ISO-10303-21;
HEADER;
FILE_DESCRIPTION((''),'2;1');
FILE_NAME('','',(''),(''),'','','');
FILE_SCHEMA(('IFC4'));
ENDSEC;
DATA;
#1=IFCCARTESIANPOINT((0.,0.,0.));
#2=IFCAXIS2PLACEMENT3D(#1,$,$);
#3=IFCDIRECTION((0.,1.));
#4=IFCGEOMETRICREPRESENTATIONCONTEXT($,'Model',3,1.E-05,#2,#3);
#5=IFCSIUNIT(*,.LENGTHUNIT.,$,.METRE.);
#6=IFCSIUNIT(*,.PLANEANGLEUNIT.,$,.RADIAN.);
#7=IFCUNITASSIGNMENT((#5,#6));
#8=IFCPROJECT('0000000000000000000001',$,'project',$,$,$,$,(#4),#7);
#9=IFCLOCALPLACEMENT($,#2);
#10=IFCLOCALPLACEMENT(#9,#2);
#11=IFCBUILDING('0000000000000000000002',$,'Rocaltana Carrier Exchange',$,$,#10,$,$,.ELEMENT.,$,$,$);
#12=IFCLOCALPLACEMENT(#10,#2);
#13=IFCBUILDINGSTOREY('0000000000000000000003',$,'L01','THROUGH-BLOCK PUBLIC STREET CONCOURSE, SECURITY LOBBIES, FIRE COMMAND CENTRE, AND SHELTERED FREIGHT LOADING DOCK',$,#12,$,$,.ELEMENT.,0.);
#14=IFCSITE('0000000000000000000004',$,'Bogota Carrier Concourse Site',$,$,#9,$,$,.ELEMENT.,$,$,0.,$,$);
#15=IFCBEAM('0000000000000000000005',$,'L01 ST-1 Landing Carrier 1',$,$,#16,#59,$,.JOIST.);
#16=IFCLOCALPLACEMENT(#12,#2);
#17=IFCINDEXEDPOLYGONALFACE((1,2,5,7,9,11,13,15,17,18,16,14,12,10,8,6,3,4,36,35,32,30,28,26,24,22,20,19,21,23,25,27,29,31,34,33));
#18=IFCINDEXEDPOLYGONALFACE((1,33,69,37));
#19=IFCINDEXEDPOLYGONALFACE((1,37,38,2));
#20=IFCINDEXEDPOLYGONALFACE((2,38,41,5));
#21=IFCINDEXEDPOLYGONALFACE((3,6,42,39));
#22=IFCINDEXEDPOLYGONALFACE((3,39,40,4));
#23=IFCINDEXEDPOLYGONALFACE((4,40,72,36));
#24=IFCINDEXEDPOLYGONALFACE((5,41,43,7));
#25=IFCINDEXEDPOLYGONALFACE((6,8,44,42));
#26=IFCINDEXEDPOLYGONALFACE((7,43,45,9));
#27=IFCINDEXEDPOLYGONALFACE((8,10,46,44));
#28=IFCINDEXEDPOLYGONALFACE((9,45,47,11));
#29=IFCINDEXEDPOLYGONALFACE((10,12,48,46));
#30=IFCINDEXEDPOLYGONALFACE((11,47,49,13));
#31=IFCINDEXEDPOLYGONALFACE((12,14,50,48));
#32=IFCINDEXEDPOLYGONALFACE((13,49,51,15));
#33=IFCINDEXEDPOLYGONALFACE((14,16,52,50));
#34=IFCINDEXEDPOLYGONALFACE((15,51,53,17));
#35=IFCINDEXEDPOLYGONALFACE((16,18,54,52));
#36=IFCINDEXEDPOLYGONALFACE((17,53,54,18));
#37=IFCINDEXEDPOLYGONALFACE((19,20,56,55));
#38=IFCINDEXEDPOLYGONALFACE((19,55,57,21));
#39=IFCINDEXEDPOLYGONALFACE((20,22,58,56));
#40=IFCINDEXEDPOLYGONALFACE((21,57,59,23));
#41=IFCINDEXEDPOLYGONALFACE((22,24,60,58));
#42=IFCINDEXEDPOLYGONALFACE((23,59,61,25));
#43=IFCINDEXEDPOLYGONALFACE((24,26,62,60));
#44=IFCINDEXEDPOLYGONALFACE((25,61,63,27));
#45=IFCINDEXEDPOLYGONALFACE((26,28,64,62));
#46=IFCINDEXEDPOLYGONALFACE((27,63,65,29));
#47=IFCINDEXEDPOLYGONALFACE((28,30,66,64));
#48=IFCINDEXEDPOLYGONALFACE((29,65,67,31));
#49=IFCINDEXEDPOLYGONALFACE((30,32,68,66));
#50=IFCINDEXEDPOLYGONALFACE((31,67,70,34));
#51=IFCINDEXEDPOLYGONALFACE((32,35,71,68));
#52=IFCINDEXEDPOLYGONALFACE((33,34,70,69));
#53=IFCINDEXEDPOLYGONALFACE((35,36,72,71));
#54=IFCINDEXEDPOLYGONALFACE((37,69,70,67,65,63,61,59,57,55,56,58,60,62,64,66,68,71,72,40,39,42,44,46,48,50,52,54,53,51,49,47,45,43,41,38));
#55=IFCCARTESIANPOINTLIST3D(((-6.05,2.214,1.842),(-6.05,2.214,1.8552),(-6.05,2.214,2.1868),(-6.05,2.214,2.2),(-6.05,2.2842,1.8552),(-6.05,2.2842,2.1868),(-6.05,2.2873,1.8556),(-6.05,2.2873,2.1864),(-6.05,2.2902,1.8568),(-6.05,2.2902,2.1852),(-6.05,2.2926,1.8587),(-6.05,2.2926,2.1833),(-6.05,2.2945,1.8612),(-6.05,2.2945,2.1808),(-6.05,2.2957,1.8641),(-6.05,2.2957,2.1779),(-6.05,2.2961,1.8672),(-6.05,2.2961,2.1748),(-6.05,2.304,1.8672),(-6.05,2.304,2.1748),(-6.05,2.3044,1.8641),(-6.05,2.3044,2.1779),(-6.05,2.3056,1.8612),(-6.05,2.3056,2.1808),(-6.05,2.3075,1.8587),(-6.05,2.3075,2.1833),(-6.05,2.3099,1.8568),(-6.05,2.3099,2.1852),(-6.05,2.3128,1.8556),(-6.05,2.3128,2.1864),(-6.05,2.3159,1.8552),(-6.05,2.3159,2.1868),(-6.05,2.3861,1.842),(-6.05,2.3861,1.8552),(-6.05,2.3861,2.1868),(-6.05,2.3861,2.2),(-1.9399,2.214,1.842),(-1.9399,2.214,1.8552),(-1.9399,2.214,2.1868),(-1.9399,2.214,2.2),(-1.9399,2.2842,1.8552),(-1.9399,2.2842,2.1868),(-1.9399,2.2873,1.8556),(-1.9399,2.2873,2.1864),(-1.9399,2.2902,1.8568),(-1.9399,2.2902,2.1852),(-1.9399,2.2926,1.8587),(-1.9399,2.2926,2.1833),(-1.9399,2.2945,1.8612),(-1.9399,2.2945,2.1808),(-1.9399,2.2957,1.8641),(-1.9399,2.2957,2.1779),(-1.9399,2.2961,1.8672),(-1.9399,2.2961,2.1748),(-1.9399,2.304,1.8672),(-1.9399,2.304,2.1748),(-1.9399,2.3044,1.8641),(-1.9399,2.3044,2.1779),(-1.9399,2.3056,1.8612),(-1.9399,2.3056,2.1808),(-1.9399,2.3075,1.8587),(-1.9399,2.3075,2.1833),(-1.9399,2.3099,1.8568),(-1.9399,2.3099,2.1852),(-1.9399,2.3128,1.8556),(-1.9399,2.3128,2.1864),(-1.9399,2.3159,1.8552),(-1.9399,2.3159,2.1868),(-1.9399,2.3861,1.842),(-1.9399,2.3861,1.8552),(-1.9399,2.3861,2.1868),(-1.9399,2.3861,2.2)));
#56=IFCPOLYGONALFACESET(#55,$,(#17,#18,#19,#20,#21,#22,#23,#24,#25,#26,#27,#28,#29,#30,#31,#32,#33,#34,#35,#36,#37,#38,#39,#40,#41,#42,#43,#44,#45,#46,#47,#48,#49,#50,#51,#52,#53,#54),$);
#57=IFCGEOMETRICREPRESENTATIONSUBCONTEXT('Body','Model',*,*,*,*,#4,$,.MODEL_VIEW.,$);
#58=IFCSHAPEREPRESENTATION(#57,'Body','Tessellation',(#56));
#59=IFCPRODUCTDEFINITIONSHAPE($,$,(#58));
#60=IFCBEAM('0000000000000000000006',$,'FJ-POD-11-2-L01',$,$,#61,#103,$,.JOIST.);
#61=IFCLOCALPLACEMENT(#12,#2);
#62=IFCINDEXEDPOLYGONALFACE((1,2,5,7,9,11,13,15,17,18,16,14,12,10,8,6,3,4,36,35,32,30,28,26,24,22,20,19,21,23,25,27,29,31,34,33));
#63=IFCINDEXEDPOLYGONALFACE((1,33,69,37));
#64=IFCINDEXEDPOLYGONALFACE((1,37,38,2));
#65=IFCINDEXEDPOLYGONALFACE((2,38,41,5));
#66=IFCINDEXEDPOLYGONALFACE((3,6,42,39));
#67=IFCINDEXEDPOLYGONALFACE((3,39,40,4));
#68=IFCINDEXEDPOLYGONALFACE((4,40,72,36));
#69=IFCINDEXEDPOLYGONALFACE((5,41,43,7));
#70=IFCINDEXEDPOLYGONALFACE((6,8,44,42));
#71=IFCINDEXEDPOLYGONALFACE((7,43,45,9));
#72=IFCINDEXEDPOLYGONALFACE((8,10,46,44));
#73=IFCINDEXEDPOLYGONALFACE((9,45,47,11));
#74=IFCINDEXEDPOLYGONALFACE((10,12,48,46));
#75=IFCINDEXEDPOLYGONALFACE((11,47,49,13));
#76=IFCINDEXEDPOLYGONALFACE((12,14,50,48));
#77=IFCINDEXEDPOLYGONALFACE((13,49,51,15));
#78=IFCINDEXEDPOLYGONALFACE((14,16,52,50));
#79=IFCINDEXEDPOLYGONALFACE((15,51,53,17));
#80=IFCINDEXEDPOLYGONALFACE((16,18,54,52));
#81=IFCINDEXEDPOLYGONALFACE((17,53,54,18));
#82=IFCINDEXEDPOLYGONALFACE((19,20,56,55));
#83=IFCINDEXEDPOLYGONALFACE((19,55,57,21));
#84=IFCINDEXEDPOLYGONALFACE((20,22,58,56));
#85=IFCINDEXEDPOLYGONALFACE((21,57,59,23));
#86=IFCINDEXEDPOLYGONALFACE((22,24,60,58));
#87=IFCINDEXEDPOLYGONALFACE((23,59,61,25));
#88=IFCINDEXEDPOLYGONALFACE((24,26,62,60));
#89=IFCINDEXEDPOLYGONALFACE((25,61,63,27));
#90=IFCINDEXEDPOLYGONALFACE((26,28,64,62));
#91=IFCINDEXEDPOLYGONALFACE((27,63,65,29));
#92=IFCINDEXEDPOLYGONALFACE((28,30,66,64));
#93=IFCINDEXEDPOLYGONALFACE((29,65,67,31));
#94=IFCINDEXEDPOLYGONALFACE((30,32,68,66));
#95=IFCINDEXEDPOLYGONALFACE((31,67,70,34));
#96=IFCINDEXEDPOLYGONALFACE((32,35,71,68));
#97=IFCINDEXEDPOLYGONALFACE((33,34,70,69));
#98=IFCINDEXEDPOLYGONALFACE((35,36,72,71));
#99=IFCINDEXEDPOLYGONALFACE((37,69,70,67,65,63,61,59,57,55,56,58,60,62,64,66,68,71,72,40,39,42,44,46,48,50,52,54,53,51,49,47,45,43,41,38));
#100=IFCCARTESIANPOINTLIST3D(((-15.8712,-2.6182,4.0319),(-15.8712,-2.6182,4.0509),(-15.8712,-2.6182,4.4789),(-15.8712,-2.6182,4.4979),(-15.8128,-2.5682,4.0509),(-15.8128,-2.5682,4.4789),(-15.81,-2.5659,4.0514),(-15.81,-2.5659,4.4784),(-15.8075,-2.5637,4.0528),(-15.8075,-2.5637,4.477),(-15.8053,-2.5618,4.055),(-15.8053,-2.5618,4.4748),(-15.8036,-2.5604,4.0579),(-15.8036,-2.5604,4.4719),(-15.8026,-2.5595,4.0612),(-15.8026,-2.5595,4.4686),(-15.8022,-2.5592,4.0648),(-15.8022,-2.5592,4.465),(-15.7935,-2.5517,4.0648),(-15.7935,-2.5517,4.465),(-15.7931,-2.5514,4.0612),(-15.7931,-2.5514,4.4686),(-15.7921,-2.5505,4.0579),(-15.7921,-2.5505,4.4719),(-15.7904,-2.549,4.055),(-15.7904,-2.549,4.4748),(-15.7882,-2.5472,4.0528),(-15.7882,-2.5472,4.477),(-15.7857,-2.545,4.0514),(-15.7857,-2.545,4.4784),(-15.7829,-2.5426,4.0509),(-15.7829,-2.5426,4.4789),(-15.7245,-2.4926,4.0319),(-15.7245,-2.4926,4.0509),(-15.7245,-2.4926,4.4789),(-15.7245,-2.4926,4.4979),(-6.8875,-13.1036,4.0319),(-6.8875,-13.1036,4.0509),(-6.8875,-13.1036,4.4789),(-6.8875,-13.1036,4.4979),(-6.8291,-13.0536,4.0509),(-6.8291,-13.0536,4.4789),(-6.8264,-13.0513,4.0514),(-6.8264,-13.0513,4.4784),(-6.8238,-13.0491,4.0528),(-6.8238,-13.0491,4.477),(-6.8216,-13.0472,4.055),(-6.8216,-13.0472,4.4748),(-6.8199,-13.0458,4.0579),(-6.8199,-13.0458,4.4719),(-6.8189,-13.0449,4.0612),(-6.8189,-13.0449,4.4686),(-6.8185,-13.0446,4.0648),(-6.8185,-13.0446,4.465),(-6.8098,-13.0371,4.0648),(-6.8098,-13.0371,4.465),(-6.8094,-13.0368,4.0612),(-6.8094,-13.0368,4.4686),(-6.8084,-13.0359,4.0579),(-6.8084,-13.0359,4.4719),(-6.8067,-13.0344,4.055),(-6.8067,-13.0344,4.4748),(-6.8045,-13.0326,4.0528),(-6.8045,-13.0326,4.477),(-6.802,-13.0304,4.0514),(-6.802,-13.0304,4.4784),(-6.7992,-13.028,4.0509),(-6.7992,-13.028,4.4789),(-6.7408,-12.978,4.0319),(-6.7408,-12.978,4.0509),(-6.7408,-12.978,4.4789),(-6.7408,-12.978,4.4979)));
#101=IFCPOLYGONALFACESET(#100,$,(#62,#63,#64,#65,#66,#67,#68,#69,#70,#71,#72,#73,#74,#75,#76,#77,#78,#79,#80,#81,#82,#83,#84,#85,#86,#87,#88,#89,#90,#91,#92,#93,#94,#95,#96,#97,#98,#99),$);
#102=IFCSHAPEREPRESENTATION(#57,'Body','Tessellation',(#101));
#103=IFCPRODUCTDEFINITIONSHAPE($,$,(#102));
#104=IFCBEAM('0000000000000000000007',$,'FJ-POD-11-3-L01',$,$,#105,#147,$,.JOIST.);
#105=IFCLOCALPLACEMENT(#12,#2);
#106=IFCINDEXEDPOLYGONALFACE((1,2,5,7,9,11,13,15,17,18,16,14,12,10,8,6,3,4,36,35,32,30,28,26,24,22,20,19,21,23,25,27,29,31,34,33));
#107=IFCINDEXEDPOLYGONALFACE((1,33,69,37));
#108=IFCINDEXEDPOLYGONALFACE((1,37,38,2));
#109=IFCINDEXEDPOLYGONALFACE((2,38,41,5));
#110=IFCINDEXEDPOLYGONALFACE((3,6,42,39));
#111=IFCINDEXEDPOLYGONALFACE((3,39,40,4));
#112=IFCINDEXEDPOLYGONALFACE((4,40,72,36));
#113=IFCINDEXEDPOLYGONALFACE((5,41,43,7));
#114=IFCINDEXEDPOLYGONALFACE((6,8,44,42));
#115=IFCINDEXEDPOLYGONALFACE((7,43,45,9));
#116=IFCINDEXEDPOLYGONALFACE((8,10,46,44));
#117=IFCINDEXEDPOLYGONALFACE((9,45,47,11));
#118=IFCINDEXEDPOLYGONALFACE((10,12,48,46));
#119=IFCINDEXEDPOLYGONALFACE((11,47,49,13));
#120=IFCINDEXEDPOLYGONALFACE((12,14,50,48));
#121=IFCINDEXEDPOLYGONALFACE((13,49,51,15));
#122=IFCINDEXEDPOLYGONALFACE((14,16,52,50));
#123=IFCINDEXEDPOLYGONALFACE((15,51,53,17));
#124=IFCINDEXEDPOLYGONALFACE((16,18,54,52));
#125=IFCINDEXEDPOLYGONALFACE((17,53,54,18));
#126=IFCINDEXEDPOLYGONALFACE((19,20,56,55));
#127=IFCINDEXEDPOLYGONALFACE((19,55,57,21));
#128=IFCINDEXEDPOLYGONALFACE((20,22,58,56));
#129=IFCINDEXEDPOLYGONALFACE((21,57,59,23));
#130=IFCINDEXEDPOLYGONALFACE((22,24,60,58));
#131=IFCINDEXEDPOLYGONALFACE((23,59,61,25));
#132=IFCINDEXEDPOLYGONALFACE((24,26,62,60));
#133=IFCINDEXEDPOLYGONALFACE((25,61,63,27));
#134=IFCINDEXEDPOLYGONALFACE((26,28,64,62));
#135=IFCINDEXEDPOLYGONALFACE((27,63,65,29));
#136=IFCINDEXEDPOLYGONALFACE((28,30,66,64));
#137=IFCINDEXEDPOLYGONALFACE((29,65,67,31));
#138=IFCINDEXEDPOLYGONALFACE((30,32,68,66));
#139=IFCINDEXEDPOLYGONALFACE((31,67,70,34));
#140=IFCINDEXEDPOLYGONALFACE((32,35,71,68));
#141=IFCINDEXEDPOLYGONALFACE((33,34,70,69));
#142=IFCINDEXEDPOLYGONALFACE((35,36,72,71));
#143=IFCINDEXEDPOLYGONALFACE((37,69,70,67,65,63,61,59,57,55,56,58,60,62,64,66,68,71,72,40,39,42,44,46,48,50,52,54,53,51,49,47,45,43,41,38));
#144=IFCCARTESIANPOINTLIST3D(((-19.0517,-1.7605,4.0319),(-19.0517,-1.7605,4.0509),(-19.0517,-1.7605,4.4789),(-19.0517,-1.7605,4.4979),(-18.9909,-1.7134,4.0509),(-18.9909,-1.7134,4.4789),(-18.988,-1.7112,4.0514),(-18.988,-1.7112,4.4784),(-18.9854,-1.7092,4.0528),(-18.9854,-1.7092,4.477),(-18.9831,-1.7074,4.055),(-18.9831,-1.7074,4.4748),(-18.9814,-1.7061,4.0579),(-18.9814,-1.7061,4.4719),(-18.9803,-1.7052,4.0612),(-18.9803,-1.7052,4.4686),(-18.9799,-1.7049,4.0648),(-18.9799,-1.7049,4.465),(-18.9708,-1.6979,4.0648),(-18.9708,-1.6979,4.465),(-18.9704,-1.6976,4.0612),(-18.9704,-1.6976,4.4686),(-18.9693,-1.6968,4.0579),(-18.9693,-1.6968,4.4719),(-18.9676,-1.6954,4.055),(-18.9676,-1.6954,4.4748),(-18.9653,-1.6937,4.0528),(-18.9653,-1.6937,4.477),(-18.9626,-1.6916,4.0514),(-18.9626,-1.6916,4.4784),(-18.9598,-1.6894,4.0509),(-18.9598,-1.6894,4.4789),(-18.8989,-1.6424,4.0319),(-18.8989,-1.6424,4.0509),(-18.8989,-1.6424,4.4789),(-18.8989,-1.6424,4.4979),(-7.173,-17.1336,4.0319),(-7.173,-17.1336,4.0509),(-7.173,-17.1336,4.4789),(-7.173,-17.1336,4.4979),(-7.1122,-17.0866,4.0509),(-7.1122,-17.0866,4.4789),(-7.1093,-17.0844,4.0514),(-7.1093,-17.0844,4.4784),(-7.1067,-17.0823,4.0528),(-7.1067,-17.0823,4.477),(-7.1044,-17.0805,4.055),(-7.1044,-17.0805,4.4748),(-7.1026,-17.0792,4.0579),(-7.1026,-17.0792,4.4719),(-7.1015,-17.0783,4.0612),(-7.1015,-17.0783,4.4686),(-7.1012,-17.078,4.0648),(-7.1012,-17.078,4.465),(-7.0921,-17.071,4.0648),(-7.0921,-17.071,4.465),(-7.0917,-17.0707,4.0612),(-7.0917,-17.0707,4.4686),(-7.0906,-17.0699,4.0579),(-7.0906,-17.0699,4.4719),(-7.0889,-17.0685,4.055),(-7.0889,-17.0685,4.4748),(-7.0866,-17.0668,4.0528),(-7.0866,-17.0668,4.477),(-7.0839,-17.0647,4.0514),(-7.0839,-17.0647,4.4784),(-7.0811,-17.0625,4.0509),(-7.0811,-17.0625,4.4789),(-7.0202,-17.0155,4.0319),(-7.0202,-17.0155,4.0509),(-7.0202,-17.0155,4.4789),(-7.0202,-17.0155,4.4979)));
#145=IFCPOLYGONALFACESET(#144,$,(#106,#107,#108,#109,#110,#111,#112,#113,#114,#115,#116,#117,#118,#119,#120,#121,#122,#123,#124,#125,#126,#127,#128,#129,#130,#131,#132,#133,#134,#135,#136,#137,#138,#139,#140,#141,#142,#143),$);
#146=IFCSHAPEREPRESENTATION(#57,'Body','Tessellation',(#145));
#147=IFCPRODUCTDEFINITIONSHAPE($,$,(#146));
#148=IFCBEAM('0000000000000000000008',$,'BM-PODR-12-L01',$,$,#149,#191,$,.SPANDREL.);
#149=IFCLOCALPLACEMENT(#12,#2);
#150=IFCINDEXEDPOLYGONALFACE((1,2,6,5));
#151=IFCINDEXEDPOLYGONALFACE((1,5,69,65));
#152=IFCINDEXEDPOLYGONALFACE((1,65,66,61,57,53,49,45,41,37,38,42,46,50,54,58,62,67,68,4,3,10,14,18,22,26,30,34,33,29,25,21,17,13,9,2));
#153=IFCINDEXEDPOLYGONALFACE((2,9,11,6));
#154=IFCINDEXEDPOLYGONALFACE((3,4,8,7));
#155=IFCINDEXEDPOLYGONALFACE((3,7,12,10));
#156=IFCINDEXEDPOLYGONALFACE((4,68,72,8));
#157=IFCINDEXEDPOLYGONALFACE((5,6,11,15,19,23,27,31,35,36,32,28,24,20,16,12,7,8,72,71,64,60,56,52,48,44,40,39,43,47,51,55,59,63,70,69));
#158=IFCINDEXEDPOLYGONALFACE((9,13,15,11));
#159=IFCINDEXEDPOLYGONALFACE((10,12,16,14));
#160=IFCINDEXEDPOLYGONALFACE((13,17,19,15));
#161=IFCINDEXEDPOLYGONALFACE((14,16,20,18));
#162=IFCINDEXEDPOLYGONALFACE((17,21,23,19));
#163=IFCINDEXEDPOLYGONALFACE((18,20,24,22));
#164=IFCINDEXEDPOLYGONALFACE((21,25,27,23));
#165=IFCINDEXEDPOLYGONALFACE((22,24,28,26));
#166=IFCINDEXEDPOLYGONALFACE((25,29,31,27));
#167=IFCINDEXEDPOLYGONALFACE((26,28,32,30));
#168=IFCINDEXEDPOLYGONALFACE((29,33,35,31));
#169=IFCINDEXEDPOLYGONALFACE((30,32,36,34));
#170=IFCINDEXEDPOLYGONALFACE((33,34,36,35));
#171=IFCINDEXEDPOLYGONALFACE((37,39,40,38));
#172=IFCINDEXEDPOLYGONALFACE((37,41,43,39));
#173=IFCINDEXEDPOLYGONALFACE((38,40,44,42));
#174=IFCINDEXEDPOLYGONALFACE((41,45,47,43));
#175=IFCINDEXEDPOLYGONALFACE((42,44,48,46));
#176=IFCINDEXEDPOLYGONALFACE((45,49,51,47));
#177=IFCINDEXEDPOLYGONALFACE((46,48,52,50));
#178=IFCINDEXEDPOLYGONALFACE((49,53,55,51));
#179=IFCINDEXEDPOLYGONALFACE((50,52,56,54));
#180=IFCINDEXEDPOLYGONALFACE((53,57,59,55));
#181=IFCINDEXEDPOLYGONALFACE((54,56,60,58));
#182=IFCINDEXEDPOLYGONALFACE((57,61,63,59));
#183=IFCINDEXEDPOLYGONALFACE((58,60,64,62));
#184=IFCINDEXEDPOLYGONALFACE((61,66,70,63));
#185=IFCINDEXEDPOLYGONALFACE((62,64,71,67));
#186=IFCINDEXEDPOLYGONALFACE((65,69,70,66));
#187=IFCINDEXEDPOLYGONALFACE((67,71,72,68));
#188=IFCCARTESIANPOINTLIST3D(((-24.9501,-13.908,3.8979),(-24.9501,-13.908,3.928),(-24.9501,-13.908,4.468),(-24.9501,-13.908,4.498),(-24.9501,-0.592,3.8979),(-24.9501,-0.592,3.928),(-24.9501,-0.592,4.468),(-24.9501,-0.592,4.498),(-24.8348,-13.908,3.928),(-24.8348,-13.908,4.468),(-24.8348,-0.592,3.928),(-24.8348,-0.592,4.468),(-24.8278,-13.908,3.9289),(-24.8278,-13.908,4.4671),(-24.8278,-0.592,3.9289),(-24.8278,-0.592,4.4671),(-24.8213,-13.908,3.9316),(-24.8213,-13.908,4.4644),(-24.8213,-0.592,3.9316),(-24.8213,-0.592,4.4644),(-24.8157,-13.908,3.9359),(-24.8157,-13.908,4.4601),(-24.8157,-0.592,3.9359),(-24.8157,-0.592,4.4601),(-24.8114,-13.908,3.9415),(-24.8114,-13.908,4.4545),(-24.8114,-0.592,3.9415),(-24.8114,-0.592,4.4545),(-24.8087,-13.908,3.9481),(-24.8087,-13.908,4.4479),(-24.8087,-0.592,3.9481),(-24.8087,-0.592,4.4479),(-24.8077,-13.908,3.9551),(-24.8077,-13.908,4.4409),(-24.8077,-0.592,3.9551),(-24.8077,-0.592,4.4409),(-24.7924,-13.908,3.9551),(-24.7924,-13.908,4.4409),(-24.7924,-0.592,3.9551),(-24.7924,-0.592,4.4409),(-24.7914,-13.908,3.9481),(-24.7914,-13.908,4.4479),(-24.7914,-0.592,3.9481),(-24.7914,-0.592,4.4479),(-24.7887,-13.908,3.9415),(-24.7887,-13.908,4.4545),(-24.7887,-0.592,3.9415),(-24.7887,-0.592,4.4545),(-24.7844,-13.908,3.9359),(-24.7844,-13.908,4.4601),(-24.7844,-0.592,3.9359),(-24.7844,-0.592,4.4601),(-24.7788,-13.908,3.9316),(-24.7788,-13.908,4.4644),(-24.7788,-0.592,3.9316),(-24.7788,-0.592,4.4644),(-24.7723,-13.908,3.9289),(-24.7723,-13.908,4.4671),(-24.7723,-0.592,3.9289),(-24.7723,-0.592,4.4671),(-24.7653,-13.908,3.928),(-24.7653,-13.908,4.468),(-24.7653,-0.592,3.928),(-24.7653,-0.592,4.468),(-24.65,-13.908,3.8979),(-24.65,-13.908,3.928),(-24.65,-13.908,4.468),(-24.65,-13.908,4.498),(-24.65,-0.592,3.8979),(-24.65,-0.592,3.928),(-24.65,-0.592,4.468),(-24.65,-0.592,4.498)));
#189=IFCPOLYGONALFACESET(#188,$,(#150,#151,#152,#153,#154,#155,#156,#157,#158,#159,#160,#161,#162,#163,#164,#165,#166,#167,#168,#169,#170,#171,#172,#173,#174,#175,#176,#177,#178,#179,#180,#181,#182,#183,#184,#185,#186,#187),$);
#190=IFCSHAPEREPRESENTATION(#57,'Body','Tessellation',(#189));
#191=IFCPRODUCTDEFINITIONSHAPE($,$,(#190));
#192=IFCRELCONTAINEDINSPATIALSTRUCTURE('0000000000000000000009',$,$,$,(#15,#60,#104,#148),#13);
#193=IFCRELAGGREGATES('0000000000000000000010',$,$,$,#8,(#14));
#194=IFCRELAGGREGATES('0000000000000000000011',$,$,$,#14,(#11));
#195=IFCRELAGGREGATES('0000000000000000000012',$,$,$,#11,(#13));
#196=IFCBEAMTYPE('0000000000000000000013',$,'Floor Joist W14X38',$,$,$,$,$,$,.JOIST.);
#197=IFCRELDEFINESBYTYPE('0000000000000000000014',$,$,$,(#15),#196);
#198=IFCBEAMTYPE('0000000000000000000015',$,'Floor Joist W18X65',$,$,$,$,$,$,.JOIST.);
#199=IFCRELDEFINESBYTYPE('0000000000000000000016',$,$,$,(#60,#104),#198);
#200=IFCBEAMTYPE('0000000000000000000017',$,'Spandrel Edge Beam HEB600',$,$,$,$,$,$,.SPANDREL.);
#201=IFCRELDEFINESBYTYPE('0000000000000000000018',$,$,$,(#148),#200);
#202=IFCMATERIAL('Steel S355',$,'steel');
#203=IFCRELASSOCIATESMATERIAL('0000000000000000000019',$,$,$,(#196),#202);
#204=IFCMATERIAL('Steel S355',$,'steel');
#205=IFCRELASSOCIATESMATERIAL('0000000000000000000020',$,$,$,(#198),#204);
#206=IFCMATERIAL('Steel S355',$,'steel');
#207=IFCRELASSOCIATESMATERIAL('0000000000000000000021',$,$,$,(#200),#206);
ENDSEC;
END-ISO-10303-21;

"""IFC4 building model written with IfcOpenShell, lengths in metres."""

from ifc_helpers import new_model, si_unit, direction, frame, origin, origin_2d, place, context, subcontext, project, spatial, i_section, extrude, material, material_profile, profile_set, type_object, element, save


model = new_model("IFC4")

# Units and contexts
model_context = context("Model", 3, precision=1e-05, world=origin(), true_north=direction((0.0, 1.0)))
body_context = subcontext(model_context, "Body", "Model", "MODEL_VIEW")
ifc_project = project(units=[si_unit("LENGTHUNIT", "METRE"), si_unit("PLANEANGLEUNIT", "RADIAN")], contexts=[model_context])

# Site, building, storey
site_placement = place(None, origin())
site = spatial("IfcSite", under=ifc_project, at=site_placement, Name="Bogota Carrier Concourse Site", CompositionType="ELEMENT", RefElevation=0.0)
building_placement = place(site_placement, origin())
building = spatial("IfcBuilding", under=site, at=building_placement, Name="Rocaltana Carrier Exchange", CompositionType="ELEMENT")
storey_placement = place(building_placement, origin())
storey = spatial("IfcBuildingStorey", under=building, at=storey_placement, Name="L01", Description="THROUGH-BLOCK PUBLIC STREET CONCOURSE, SECURITY LOBBIES, FIRE COMMAND CENTRE, AND SHELTERED FREIGHT LOADING DOCK", CompositionType="ELEMENT", Elevation=0.0)

# Beams
ifc_material_1 = material(Name="Steel S355", Category="steel")
ifc_material_profile_1 = material_profile(ifc_material_1, i_section(OverallWidth=0.1721, OverallDepth=0.3579, WebThickness=0.0078, FlangeThickness=0.0132, FilletRadius=0.012, at=origin_2d()), Name="W14X38")
ifc_profile_set_1 = profile_set([ifc_material_profile_1], Name="Steel S355")
beam_type_1 = type_object("IfcBeamType", Name="Floor Joist W14X38", PredefinedType="JOIST", material=ifc_profile_set_1)
beam_1_placement = place(storey_placement, frame((-6.05, 2.3, 2.021), z_axis=(1.0, 0.0, 0.0), x_axis=(0.0, 1.0, 0.0)))
element("IfcBeam", 1, at=beam_1_placement, inside=storey, type_object=beam_type_1, Name="L01 ST-1 Landing Carrier 1", PredefinedType="JOIST", context=body_context, shape_type="SweptSolid", body=[
    extrude(i_section(OverallWidth=0.1721, OverallDepth=0.3579, WebThickness=0.0078, FlangeThickness=0.0132, FilletRadius=0.012, at=origin_2d()), origin(), (0.0, 0.0, 1.0), 4.1101),
])
ifc_material_2 = material(Name="Steel S355", Category="steel")
ifc_material_profile_2 = material_profile(ifc_material_2, i_section(OverallWidth=0.1931, OverallDepth=0.4661, WebThickness=0.0115, FlangeThickness=0.019, FilletRadius=0.0139, at=origin_2d()), Name="W18X65")
ifc_profile_set_2 = profile_set([ifc_material_profile_2], Name="Steel S355")
beam_type_2 = type_object("IfcBeamType", Name="Floor Joist W18X65", PredefinedType="JOIST", material=ifc_profile_set_2)
beam_2_placement = place(storey_placement, frame((-15.7979, -2.5554, 4.2649), z_axis=(0.650633, -0.759393, 0.0), x_axis=(0.759393, 0.650633, 0.0)))
element("IfcBeam", 2, at=beam_2_placement, inside=storey, type_object=beam_type_2, Name="FJ-POD-11-2-L01", PredefinedType="JOIST", context=body_context, shape_type="SweptSolid", body=[
    extrude(i_section(OverallWidth=0.1931, OverallDepth=0.4661, WebThickness=0.0115, FlangeThickness=0.019, FilletRadius=0.0139, at=origin_2d()), origin(), (0.0, 0.0, 1.0), 13.8076),
])
beam_3_placement = place(storey_placement, frame((-18.9753, -1.7014, 4.2649), z_axis=(0.611431, -0.791298, 0.0), x_axis=(0.791298, 0.611431, 0.0)))
element("IfcBeam", 3, at=beam_3_placement, inside=storey, type_object=beam_type_2, Name="FJ-POD-11-3-L01", PredefinedType="JOIST", context=body_context, shape_type="SweptSolid", body=[
    extrude(i_section(OverallWidth=0.1931, OverallDepth=0.4661, WebThickness=0.0115, FlangeThickness=0.019, FilletRadius=0.0139, at=origin_2d()), origin(), (0.0, 0.0, 1.0), 19.4277),
])
ifc_material_3 = material(Name="Steel S355", Category="steel")
ifc_material_profile_3 = material_profile(ifc_material_3, i_section(OverallWidth=0.3, OverallDepth=0.6001, WebThickness=0.0154, FlangeThickness=0.03, FilletRadius=0.0271, at=origin_2d()), Name="HEB600")
ifc_profile_set_3 = profile_set([ifc_material_profile_3], Name="Steel S355")
beam_type_3 = type_object("IfcBeamType", Name="Spandrel Edge Beam HEB600", PredefinedType="SPANDREL", material=ifc_profile_set_3)
beam_4_placement = place(storey_placement, frame((-24.8, -0.592, 4.198), z_axis=(0.0, -1.0, 0.0), x_axis=(1.0, 0.0, 0.0)))
element("IfcBeam", 4, at=beam_4_placement, inside=storey, type_object=beam_type_3, Name="BM-PODR-12-L01", PredefinedType="SPANDREL", context=body_context, shape_type="SweptSolid", body=[
    extrude(i_section(OverallWidth=0.3, OverallDepth=0.6001, WebThickness=0.0154, FlangeThickness=0.03, FilletRadius=0.0271, at=origin_2d()), origin(), (0.0, 0.0, 1.0), 13.3159),
])

save(model, "model.ifc")
